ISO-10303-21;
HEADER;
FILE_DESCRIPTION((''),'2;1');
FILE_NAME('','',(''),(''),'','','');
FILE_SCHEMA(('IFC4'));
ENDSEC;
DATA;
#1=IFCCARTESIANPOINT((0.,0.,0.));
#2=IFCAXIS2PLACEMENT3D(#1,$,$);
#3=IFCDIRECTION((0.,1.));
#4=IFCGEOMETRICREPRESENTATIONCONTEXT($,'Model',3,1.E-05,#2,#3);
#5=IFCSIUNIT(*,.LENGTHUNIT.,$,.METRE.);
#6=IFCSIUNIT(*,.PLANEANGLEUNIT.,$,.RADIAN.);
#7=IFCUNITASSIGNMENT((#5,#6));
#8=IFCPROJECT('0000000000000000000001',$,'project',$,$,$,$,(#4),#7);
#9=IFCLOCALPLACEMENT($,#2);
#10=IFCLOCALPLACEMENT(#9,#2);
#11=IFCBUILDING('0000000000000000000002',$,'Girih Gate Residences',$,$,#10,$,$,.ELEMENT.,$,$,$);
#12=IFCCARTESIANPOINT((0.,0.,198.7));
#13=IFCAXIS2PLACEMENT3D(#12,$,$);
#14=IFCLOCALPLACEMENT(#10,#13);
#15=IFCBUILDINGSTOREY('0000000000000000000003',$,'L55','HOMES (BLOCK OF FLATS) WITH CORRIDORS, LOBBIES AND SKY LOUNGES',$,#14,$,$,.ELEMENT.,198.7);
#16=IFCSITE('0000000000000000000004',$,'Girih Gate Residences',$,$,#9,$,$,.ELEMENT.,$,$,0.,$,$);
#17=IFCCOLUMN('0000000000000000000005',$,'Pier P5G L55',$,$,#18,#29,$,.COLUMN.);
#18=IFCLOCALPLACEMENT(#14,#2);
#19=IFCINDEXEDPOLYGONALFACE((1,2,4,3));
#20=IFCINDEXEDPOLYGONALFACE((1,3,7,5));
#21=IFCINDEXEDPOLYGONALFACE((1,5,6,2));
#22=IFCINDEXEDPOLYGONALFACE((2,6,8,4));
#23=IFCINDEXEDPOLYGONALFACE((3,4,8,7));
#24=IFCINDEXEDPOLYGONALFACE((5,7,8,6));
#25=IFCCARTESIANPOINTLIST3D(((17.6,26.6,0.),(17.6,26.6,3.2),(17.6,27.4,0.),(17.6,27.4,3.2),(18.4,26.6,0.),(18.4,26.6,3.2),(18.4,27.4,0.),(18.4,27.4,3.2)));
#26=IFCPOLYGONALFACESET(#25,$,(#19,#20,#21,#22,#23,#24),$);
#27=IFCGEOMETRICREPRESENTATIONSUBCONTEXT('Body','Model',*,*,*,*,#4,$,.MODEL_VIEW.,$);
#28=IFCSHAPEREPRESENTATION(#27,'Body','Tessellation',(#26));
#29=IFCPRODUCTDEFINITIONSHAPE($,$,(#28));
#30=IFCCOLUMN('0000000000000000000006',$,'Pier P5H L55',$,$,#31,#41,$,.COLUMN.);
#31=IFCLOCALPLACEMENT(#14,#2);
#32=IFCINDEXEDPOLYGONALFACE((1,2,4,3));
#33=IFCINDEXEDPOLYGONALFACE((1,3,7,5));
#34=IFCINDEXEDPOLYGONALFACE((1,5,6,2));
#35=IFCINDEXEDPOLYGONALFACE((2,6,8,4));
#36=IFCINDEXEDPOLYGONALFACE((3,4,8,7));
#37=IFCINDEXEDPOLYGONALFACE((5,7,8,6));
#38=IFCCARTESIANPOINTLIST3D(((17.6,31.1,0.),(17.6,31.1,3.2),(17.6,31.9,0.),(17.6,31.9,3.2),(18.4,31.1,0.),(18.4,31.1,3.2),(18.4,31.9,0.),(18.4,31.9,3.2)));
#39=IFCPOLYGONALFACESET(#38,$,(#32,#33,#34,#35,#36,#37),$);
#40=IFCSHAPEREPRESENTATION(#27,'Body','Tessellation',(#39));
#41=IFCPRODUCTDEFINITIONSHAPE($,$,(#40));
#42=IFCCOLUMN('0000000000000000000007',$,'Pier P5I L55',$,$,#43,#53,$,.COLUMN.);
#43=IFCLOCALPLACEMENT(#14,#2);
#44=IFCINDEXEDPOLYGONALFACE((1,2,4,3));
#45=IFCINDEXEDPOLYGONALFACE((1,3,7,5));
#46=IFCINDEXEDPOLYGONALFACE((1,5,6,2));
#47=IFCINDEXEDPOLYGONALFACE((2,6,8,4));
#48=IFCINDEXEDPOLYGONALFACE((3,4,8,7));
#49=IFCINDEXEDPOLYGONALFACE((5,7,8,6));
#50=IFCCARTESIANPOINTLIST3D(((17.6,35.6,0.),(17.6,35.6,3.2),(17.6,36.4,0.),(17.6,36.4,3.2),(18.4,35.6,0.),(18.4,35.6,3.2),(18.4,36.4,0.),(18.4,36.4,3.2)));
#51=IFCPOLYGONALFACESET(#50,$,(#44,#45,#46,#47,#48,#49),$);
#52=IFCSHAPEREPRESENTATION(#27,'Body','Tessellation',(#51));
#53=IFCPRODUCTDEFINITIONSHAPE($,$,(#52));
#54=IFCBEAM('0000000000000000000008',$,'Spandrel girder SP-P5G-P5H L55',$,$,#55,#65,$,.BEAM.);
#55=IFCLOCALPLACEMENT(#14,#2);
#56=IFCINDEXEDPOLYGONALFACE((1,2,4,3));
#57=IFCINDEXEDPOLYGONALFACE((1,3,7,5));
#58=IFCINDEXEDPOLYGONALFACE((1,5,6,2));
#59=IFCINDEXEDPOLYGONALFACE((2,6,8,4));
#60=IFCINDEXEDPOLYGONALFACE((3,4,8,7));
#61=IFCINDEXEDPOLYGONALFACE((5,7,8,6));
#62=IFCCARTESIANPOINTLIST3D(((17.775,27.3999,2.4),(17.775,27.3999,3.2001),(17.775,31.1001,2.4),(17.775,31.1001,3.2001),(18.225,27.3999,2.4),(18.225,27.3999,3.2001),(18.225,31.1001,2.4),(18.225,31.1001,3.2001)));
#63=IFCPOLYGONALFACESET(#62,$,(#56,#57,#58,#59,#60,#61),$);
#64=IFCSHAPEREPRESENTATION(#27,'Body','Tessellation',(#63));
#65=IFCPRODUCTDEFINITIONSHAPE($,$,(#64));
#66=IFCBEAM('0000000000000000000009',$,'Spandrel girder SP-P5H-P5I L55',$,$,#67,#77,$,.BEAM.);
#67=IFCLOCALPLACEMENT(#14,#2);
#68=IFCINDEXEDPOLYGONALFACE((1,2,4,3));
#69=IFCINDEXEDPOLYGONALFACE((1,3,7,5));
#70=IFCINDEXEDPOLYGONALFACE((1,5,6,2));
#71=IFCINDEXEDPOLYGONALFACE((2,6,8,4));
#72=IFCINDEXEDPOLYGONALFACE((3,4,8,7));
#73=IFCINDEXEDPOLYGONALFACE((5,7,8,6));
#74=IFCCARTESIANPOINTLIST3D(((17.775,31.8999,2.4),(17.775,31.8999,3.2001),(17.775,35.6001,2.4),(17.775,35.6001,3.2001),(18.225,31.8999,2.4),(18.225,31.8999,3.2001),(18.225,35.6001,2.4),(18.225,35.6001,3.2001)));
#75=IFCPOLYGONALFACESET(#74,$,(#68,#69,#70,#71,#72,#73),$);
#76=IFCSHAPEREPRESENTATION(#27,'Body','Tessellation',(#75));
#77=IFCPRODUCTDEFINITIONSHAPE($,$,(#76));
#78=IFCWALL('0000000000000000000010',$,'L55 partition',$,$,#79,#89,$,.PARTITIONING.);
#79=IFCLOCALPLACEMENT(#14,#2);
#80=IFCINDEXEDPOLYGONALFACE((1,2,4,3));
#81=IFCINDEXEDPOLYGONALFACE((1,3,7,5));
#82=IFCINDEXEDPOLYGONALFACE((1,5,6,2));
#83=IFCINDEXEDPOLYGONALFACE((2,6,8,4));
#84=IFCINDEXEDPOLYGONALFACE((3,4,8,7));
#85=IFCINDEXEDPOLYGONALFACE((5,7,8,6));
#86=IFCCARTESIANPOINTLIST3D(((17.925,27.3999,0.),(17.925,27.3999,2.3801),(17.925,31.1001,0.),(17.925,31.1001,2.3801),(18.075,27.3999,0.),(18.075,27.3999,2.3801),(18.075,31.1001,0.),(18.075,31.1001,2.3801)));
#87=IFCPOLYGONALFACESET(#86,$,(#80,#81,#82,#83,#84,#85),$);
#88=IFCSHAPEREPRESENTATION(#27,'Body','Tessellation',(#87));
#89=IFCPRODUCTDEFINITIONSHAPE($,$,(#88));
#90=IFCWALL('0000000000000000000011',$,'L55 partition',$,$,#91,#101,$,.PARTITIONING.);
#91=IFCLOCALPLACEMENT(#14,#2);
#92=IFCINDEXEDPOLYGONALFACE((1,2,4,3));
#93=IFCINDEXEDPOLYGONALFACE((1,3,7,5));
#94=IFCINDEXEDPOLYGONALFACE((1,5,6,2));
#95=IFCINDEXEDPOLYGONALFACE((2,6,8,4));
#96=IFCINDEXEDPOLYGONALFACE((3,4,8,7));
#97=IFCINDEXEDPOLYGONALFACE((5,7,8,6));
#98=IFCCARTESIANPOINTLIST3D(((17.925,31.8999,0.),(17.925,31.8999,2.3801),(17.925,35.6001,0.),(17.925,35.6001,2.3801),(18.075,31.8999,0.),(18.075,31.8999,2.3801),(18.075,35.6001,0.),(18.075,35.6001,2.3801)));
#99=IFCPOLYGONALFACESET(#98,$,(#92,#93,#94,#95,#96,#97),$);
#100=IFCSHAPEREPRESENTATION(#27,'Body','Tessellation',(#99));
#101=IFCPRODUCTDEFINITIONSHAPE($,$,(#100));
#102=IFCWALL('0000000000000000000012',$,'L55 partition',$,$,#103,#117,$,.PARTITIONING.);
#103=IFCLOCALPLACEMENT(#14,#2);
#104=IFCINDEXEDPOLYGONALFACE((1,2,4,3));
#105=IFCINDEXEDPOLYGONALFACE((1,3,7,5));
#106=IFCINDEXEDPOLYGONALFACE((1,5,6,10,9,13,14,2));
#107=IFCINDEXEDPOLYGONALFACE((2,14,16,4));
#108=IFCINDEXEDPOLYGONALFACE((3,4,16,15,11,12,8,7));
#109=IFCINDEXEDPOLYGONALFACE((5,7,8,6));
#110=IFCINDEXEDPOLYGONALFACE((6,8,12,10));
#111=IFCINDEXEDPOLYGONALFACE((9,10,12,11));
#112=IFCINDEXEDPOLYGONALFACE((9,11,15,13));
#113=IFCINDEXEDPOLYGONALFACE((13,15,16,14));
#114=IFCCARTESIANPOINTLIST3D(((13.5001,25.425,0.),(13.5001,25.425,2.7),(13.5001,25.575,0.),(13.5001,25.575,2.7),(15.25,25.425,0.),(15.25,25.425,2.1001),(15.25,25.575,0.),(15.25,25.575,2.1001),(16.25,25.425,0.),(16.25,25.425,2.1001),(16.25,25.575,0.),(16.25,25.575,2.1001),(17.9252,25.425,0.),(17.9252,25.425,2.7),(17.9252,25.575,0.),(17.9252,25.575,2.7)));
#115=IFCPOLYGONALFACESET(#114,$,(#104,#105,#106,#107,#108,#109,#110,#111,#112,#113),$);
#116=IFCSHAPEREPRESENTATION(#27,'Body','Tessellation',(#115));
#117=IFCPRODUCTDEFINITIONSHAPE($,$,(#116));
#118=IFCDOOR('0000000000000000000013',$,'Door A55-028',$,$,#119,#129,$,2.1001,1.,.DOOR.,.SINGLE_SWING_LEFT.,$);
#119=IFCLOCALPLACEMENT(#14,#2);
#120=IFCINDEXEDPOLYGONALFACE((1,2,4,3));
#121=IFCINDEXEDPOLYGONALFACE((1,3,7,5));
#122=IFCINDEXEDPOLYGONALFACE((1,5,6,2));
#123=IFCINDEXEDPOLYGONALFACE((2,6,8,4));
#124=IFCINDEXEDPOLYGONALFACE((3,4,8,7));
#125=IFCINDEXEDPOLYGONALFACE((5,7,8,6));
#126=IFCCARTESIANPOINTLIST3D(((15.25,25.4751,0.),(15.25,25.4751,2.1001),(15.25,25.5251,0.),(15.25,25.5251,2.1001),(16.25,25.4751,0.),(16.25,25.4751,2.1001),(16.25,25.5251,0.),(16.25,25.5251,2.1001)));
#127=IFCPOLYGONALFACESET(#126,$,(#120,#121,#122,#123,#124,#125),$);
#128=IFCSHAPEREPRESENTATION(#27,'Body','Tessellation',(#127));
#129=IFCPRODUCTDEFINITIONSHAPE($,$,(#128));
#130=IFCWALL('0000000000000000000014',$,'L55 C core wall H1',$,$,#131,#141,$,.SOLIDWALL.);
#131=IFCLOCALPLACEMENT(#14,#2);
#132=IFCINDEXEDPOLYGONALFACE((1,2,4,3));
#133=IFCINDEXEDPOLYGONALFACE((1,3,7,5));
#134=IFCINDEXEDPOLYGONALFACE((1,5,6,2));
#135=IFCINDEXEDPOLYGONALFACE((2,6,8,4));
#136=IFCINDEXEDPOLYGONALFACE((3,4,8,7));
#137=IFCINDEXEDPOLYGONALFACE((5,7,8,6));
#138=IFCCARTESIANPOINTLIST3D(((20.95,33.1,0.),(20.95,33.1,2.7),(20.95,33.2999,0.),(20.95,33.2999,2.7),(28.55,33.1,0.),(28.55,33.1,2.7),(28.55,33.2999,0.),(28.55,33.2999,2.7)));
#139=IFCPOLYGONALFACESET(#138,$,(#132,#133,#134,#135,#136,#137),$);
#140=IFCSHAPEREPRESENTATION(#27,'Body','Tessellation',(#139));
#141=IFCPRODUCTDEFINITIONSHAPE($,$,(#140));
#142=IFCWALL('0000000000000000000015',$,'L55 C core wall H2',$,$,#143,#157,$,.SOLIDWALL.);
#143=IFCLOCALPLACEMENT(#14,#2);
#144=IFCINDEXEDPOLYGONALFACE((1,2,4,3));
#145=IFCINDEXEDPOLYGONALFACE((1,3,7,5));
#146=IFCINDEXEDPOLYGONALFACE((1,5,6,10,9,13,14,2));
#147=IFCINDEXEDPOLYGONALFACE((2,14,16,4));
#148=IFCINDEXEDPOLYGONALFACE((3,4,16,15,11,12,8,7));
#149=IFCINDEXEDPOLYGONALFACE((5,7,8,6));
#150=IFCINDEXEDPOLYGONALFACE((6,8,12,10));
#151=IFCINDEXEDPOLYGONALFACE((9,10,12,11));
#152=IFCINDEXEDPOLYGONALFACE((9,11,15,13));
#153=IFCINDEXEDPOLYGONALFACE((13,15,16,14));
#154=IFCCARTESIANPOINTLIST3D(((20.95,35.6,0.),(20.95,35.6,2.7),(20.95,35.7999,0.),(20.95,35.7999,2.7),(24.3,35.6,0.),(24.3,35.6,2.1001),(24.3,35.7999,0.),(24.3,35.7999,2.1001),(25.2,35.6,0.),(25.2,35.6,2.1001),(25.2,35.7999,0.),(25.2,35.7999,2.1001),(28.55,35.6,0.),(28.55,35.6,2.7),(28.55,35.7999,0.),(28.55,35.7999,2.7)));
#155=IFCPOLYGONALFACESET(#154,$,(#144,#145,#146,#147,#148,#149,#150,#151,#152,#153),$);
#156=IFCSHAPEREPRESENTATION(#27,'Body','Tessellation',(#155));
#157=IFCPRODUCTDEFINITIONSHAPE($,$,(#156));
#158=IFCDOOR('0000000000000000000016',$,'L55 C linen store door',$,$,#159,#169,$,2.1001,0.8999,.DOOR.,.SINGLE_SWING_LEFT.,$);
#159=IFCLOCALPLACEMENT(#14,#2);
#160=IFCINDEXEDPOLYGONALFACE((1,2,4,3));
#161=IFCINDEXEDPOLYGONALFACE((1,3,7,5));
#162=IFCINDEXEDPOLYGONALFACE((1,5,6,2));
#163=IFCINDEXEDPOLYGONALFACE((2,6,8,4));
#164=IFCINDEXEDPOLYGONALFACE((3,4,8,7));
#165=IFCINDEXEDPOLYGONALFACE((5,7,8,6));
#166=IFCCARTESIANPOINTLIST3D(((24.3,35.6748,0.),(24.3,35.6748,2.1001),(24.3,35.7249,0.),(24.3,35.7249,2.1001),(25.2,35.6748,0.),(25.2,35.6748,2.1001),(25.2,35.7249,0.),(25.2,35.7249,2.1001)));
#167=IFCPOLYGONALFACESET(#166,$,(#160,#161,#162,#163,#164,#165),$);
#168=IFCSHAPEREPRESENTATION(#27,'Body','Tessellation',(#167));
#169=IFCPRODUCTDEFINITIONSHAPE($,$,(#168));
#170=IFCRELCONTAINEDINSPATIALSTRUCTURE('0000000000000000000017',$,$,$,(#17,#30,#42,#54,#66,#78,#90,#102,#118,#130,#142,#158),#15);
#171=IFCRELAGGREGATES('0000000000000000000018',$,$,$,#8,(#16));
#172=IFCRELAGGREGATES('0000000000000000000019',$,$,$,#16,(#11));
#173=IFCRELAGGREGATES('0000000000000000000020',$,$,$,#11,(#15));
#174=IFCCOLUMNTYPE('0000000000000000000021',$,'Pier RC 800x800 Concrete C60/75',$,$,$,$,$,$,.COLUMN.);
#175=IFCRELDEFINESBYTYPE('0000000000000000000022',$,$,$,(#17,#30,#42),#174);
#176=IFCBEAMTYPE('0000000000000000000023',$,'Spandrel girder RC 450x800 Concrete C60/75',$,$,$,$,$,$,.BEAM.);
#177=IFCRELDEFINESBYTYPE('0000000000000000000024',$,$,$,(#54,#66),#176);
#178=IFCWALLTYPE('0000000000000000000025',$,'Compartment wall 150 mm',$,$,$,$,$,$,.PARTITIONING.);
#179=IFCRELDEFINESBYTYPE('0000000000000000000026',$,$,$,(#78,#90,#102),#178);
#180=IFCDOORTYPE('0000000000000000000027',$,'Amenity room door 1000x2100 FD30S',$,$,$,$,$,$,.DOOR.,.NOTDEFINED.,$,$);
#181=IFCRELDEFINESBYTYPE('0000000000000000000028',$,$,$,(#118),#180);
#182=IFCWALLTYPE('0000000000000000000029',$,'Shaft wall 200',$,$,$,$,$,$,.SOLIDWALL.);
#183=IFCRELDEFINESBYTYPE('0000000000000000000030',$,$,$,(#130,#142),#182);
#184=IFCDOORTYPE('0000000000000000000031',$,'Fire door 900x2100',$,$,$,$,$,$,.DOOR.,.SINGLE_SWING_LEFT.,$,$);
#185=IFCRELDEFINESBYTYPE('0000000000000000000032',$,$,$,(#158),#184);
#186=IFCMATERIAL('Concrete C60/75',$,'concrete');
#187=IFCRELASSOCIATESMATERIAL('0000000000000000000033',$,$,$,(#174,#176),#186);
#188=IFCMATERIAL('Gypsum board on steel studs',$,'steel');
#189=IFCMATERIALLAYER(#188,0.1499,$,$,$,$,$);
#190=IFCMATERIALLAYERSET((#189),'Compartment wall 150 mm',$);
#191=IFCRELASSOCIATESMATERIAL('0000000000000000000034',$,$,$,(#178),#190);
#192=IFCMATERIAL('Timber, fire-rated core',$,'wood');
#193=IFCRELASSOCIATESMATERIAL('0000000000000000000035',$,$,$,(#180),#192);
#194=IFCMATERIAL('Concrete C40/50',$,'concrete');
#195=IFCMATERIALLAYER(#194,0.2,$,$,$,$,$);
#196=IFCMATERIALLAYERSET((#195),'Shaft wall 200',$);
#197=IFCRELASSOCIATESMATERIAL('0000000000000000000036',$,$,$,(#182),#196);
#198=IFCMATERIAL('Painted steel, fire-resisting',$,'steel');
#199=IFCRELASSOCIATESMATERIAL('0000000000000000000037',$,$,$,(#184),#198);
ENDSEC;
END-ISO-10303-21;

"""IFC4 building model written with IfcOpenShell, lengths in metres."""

from ifc_helpers import new_model, si_unit, direction, frame, frame_2d, origin, origin_2d, place, context, subcontext, project, spatial, rectangle, extrude, material, layer, layer_set, material_profile, profile_set, type_object, element, fill, save


model = new_model("IFC4")

# Units and contexts
model_context = context("Model", 3, precision=1e-05, world=origin(), true_north=direction((0.0, 1.0)))
body_context = subcontext(model_context, "Body", "Model", "MODEL_VIEW")
ifc_project = project(units=[si_unit("LENGTHUNIT", "METRE"), si_unit("PLANEANGLEUNIT", "RADIAN")], contexts=[model_context])

# Site, building, storey
site_placement = place(None, origin())
site = spatial("IfcSite", under=ifc_project, at=site_placement, Name="Girih Gate Residences", CompositionType="ELEMENT", RefElevation=0.0)
building_placement = place(site_placement, origin())
building = spatial("IfcBuilding", under=site, at=building_placement, Name="Girih Gate Residences", CompositionType="ELEMENT")
storey_placement = place(building_placement, frame((0.0, 0.0, 198.7)))
storey = spatial("IfcBuildingStorey", under=building, at=storey_placement, Name="L55", Description="HOMES (BLOCK OF FLATS) WITH CORRIDORS, LOBBIES AND SKY LOUNGES", CompositionType="ELEMENT", Elevation=198.7)

# Columns
ifc_material_1 = material(Name="Concrete C60/75", Category="concrete")
ifc_material_profile_1 = material_profile(ifc_material_1, rectangle(XDim=0.8, YDim=0.8, at=origin_2d()))
ifc_profile_set_1 = profile_set([ifc_material_profile_1], Name="Concrete C60/75")
column_type = type_object("IfcColumnType", Name="Pier RC 800x800 Concrete C60/75", PredefinedType="COLUMN", material=ifc_profile_set_1)
for number, where, z_axis, x_axis, name in (
    (1, (18.0, 27.0, 0.0), (0.0, 0.0, 1.0), (1.0, 0.0, 0.0), "Pier P5G L55"),
    (2, (18.0, 31.5, 0.0), (0.0, 0.0, 1.0), (1.0, 0.0, 0.0), "Pier P5H L55"),
    (3, (18.0, 36.0, 0.0), (0.0, 0.0, 1.0), (1.0, 0.0, 0.0), "Pier P5I L55"),
):
    element("IfcColumn", number, at=place(storey_placement, frame(where, z_axis=z_axis, x_axis=x_axis)), inside=storey, type_object=column_type, Name=name, PredefinedType="COLUMN", context=body_context, shape_type="SweptSolid", body=[
        extrude(rectangle(XDim=0.8, YDim=0.8, at=origin_2d()), origin(), (0.0, 0.0, 1.0), 3.2),
    ])

# Beams
ifc_material_profile_2 = material_profile(ifc_material_1, rectangle(XDim=0.45, YDim=0.8, at=origin_2d()))
ifc_profile_set_2 = profile_set([ifc_material_profile_2], Name="Concrete C60/75")
beam_type = type_object("IfcBeamType", Name="Spandrel girder RC 450x800 Concrete C60/75", PredefinedType="BEAM", material=ifc_profile_set_2)
for number, where, z_axis, x_axis, name in (
    (4, (18.0, 27.3999, 2.8), (0.0, 1.0, 0.0), (-1.0, 0.0, 0.0), "Spandrel girder SP-P5G-P5H L55"),
    (5, (18.0, 31.8999, 2.8), (0.0, 1.0, 0.0), (-1.0, 0.0, 0.0), "Spandrel girder SP-P5H-P5I L55"),
):
    element("IfcBeam", number, at=place(storey_placement, frame(where, z_axis=z_axis, x_axis=x_axis)), inside=storey, type_object=beam_type, Name=name, PredefinedType="BEAM", context=body_context, shape_type="SweptSolid", body=[
        extrude(rectangle(XDim=0.45, YDim=0.8, at=origin_2d()), origin(), (0.0, 0.0, 1.0), 3.7002),
    ])

# Walls
ifc_material_2 = material(Name="Gypsum board on steel studs", Category="steel")
ifc_layer_1 = layer(ifc_material_2, 0.1499)
ifc_layer_set_1 = layer_set([ifc_layer_1], Name="Compartment wall 150 mm")
wall_type_1 = type_object("IfcWallType", Name="Compartment wall 150 mm", PredefinedType="PARTITIONING", material=ifc_layer_set_1)
for number, where, z_axis, x_axis, name in (
    (6, (18.0, 27.3999, 0.0), (0.0, 0.0, 1.0), (0.0, 1.0, 0.0), "L55 partition"),
    (7, (18.0, 31.8999, 0.0), (0.0, 0.0, 1.0), (0.0, 1.0, 0.0), "L55 partition"),
):
    element("IfcWall", number, at=place(storey_placement, frame(where, z_axis=z_axis, x_axis=x_axis)), inside=storey, type_object=wall_type_1, Name=name, PredefinedType="PARTITIONING", context=body_context, shape_type="SweptSolid", body=[
        extrude(rectangle(XDim=3.7002, YDim=0.1499, at=frame_2d((1.8501, 0.0))), origin(), (0.0, 0.0, 1.0), 2.3801),
    ])

# Wall, opening, door
wall_1_placement = place(storey_placement, frame((17.925, 25.5, 0.0), z_axis=(0.0, 0.0, 1.0), x_axis=(-1.0, 0.0, 0.0)))
wall_1 = element("IfcWall", 8, at=wall_1_placement, inside=storey, type_object=wall_type_1, Name="L55 partition", PredefinedType="PARTITIONING", context=body_context, shape_type="SweptSolid", body=[
    extrude(rectangle(XDim=4.425, YDim=0.1499, at=frame_2d((2.2124, 0.0))), origin(), (0.0, 0.0, 1.0), 2.7),
])
opening_1_placement = place(wall_1_placement, frame((1.675, 0.0, 0.0)))
opening_1 = element("IfcOpeningElement", 9, at=opening_1_placement, cuts=wall_1, PredefinedType="OPENING", context=body_context, shape_type="SweptSolid", body=[
    extrude(rectangle(XDim=1.0, YDim=2.1001, at=frame_2d((0.5, 1.05))), frame((0.0, 0.085, 0.0), z_axis=(0.0, -1.0, 0.0), x_axis=(1.0, 0.0, 0.0)), (0.0, 0.0, 1.0), 0.1699),
])
ifc_material_3 = material(Name="Timber, fire-rated core", Category="wood")
door_type_1 = type_object("IfcDoorType", Name="Amenity room door 1000x2100 FD30S", OperationType="NOTDEFINED", PredefinedType="DOOR", material=ifc_material_3)
door_1_placement = place(opening_1_placement, origin())
door_1 = element("IfcDoor", 10, at=door_1_placement, inside=storey, type_object=door_type_1, Name="Door A55-028", OperationType="SINGLE_SWING_LEFT", OverallHeight=2.1001, OverallWidth=1.0, PredefinedType="DOOR", context=body_context, shape_type="SweptSolid", body=[
    extrude(rectangle(XDim=1.0, YDim=2.1001, at=frame_2d((0.5, 1.05))), frame((0.0, 0.0249, 0.0), z_axis=(0.0, -1.0, 0.0), x_axis=(1.0, 0.0, 0.0)), (0.0, 0.0, 1.0), 0.05),
])
fill(opening_1, door_1)

# Wall
ifc_material_4 = material(Name="Concrete C40/50", Category="concrete")
ifc_layer_2 = layer(ifc_material_4, 0.2)
ifc_layer_set_2 = layer_set([ifc_layer_2], Name="Shaft wall 200")
wall_type_2 = type_object("IfcWallType", Name="Shaft wall 200", PredefinedType="SOLIDWALL", material=ifc_layer_set_2)
wall_2_placement = place(storey_placement, frame((20.95, 33.2, 0.0), z_axis=(0.0, 0.0, 1.0), x_axis=(1.0, 0.0, 0.0)))
element("IfcWall", 11, at=wall_2_placement, inside=storey, type_object=wall_type_2, Name="L55 C core wall H1", PredefinedType="SOLIDWALL", context=body_context, shape_type="SweptSolid", body=[
    extrude(rectangle(XDim=7.6001, YDim=0.2, at=frame_2d((3.8, 0.0))), origin(), (0.0, 0.0, 1.0), 2.7),
])

# Wall, opening, door
wall_3_placement = place(storey_placement, frame((20.95, 35.7, 0.0), z_axis=(0.0, 0.0, 1.0), x_axis=(1.0, 0.0, 0.0)))
wall_3 = element("IfcWall", 12, at=wall_3_placement, inside=storey, type_object=wall_type_2, Name="L55 C core wall H2", PredefinedType="SOLIDWALL", context=body_context, shape_type="SweptSolid", body=[
    extrude(rectangle(XDim=7.6001, YDim=0.2, at=frame_2d((3.8, 0.0))), origin(), (0.0, 0.0, 1.0), 2.7),
])
opening_2_placement = place(wall_3_placement, frame((3.3501, 0.0, 0.0)))
opening_2 = element("IfcOpeningElement", 13, at=opening_2_placement, cuts=wall_3, PredefinedType="OPENING", context=body_context, shape_type="SweptSolid", body=[
    extrude(rectangle(XDim=0.8999, YDim=2.1001, at=frame_2d((0.45, 1.05))), frame((0.0, 0.1099, 0.0), z_axis=(0.0, -1.0, 0.0), x_axis=(1.0, 0.0, 0.0)), (0.0, 0.0, 1.0), 0.22),
])
ifc_material_5 = material(Name="Painted steel, fire-resisting", Category="steel")
door_type_2 = type_object("IfcDoorType", Name="Fire door 900x2100", OperationType="SINGLE_SWING_LEFT", PredefinedType="DOOR", material=ifc_material_5)
door_2_placement = place(opening_2_placement, origin())
door_2 = element("IfcDoor", 14, at=door_2_placement, inside=storey, type_object=door_type_2, Name="L55 C linen store door", OperationType="SINGLE_SWING_LEFT", OverallHeight=2.1001, OverallWidth=0.8999, PredefinedType="DOOR", context=body_context, shape_type="SweptSolid", body=[
    extrude(rectangle(XDim=0.8999, YDim=2.1001, at=frame_2d((0.45, 1.05))), frame((0.0, 0.0249, 0.0), z_axis=(0.0, -1.0, 0.0), x_axis=(1.0, 0.0, 0.0)), (0.0, 0.0, 1.0), 0.05),
])
fill(opening_2, door_2)

save(model, "model.ifc")
